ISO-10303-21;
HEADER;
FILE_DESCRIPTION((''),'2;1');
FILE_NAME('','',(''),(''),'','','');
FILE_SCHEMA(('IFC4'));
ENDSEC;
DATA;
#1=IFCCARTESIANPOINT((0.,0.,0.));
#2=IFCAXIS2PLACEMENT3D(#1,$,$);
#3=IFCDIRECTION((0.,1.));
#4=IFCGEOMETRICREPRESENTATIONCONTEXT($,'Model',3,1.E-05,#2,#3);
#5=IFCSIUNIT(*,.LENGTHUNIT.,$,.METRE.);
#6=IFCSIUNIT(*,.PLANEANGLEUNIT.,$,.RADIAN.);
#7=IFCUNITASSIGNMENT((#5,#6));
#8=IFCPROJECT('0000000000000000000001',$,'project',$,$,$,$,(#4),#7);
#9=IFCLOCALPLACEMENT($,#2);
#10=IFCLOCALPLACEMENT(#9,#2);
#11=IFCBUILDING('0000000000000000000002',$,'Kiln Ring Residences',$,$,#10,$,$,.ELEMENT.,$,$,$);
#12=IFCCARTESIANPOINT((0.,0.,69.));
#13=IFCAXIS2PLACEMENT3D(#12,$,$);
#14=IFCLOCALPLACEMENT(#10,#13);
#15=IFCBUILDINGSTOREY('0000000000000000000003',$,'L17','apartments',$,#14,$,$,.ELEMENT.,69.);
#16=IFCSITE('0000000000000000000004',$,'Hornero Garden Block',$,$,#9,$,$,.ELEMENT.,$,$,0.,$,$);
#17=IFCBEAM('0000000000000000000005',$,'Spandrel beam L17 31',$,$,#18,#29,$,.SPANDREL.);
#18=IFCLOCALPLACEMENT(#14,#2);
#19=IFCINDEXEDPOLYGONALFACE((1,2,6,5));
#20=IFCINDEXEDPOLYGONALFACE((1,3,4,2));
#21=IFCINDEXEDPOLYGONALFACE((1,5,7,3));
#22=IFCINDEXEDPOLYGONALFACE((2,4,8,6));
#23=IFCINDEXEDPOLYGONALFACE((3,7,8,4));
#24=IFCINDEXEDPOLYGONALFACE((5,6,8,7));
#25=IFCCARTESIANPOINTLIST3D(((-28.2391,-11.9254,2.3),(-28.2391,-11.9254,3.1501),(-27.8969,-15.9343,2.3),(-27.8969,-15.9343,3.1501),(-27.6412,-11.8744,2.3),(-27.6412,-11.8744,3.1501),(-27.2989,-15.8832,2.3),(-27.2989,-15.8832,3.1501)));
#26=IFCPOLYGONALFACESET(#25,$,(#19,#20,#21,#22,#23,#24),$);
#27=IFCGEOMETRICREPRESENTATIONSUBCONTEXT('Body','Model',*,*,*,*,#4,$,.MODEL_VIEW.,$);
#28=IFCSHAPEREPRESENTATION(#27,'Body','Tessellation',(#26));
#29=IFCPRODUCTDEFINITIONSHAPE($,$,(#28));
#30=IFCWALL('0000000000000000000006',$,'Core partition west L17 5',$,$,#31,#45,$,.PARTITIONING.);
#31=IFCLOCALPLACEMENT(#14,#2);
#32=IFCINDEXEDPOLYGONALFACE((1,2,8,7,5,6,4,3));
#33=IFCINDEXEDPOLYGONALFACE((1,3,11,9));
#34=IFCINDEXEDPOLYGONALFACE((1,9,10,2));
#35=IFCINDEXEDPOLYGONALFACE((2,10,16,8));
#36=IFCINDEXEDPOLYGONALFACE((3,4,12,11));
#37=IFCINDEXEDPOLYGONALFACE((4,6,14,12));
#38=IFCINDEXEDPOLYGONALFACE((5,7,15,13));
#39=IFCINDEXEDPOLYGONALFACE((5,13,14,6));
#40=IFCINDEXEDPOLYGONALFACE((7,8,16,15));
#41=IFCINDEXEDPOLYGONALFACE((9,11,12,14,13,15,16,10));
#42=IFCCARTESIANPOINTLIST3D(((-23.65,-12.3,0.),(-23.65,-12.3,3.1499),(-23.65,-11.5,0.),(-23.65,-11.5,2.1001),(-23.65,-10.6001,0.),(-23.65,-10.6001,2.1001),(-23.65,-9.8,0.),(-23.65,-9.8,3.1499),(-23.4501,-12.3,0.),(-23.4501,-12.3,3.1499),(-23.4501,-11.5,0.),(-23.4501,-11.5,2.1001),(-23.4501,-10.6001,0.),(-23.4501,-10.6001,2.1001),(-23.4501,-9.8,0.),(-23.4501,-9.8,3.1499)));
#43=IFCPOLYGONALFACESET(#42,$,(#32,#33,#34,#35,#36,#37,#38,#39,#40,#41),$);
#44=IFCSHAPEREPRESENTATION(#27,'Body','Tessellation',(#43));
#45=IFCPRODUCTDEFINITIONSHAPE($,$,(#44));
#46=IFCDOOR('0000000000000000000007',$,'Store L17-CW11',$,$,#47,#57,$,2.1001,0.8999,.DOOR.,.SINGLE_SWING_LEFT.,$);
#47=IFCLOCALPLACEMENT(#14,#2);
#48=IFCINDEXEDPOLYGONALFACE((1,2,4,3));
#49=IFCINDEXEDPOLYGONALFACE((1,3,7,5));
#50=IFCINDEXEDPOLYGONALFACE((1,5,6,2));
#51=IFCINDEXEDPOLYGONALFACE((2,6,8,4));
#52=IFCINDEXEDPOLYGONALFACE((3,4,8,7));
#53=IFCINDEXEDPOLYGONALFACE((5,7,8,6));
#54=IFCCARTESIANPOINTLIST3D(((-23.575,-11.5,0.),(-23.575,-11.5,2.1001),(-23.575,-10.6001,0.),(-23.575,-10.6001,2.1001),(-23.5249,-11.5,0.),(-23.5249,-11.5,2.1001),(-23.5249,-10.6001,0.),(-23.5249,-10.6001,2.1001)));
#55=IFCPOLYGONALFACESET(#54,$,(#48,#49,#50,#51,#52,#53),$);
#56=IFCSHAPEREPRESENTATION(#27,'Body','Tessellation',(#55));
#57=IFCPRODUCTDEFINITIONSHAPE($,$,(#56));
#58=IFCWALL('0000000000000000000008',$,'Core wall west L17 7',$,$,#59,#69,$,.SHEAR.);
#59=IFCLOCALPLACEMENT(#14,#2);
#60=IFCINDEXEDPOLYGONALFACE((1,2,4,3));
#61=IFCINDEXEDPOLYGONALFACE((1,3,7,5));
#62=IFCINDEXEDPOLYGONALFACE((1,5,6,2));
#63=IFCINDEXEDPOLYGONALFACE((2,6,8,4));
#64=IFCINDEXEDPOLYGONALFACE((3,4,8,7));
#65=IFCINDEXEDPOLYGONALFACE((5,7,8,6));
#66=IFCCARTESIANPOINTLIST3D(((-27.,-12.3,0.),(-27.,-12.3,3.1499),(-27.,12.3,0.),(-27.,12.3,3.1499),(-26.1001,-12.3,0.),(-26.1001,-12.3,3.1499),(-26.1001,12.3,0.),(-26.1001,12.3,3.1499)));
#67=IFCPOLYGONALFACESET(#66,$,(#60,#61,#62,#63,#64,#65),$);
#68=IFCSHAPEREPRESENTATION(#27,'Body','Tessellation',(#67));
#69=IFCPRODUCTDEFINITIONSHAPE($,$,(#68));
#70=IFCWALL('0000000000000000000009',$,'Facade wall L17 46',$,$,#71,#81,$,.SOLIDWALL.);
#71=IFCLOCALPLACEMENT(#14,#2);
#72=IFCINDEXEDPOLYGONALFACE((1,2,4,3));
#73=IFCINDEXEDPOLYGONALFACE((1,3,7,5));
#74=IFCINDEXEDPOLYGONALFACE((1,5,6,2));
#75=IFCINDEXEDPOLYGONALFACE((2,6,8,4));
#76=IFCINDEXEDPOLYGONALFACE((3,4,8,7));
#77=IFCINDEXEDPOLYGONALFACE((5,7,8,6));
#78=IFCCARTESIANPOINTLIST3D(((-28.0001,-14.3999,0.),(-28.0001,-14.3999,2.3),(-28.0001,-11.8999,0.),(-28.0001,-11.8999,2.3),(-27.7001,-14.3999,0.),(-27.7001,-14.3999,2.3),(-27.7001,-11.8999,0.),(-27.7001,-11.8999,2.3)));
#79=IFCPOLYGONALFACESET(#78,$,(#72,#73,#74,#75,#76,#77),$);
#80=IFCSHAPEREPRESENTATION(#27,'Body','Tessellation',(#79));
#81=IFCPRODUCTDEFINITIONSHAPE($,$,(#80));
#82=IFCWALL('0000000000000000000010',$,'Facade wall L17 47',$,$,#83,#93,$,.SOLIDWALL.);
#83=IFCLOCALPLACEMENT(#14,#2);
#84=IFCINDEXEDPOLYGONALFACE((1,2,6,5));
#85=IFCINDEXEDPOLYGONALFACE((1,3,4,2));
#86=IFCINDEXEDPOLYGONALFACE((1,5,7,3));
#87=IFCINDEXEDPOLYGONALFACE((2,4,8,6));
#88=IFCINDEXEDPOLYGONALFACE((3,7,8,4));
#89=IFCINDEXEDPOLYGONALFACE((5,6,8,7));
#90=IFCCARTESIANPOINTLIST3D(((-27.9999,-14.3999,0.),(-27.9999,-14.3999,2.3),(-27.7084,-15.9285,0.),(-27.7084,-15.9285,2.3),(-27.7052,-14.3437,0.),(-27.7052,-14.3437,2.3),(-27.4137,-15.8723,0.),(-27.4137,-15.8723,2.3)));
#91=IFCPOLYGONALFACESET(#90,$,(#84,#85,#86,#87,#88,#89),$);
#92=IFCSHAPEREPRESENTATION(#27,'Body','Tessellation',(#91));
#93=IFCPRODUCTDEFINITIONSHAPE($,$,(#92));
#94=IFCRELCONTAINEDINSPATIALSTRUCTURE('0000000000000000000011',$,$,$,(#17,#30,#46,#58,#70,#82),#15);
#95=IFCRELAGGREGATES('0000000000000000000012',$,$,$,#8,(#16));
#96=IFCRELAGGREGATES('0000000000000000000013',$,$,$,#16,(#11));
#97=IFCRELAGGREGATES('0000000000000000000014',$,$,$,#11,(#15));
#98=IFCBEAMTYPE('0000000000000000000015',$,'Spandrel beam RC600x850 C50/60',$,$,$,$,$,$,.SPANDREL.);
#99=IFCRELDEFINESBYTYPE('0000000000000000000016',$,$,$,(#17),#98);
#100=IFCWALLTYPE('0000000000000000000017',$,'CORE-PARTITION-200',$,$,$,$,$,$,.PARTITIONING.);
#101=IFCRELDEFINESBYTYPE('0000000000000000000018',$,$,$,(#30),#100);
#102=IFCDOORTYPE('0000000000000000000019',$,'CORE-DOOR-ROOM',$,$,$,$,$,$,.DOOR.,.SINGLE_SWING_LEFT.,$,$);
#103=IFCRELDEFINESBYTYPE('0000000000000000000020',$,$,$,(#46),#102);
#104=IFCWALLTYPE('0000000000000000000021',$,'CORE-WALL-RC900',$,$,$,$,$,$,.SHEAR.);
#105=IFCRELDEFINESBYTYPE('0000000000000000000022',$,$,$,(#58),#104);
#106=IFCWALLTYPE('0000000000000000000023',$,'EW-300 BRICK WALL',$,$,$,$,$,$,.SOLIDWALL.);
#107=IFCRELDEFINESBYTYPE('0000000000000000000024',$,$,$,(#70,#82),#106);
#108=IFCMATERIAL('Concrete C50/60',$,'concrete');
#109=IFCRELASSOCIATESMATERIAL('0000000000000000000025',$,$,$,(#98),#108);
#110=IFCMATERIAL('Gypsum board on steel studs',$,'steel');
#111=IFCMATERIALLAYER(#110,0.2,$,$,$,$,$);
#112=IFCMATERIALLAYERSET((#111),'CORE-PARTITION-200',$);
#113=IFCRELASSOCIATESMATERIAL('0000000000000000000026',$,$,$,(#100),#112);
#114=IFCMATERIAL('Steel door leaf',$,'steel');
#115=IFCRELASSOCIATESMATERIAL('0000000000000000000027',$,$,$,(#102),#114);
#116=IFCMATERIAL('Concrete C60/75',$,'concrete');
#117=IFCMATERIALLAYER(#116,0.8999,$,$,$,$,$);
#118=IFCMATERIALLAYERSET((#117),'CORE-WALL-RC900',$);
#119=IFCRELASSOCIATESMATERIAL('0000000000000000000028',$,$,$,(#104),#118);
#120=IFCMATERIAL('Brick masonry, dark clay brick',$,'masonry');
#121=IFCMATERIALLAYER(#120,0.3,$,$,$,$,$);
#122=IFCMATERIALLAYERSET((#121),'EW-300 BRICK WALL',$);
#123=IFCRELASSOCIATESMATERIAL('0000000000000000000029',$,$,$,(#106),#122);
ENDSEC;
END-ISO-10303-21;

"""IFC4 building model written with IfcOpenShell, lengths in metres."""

from ifc_helpers import new_model, si_unit, direction, frame, frame_2d, origin, origin_2d, place, context, subcontext, project, spatial, rectangle, extrude, material, layer, layer_set, material_profile, profile_set, type_object, element, fill, save


model = new_model("IFC4")

# Units and contexts
model_context = context("Model", 3, precision=1e-05, world=origin(), true_north=direction((0.0, 1.0)))
body_context = subcontext(model_context, "Body", "Model", "MODEL_VIEW")
ifc_project = project(units=[si_unit("LENGTHUNIT", "METRE"), si_unit("PLANEANGLEUNIT", "RADIAN")], contexts=[model_context])

# Site, building, storey
site_placement = place(None, origin())
site = spatial("IfcSite", under=ifc_project, at=site_placement, Name="Hornero Garden Block", CompositionType="ELEMENT", RefElevation=0.0)
building_placement = place(site_placement, origin())
building = spatial("IfcBuilding", under=site, at=building_placement, Name="Kiln Ring Residences", CompositionType="ELEMENT")
storey_placement = place(building_placement, frame((0.0, 0.0, 69.0)))
storey = spatial("IfcBuildingStorey", under=building, at=storey_placement, Name="L17", Description="apartments", CompositionType="ELEMENT", Elevation=69.0)

# Beam
ifc_material_1 = material(Name="Concrete C50/60", Category="concrete")
ifc_material_profile = material_profile(ifc_material_1, rectangle(XDim=0.6001, YDim=0.8501, at=origin_2d()), Name="RC600x850")
ifc_profile_set = profile_set([ifc_material_profile], Name="Concrete C50/60")
beam_type = type_object("IfcBeamType", Name="Spandrel beam RC600x850 C50/60", PredefinedType="SPANDREL", material=ifc_profile_set)
beam_placement = place(storey_placement, frame((-27.9402, -11.8999, 2.7251), z_axis=(0.085074, -0.996375, 0.0), x_axis=(0.996375, 0.085074, 0.0)))
element("IfcBeam", 1, at=beam_placement, inside=storey, type_object=beam_type, Name="Spandrel beam L17 31", PredefinedType="SPANDREL", context=body_context, shape_type="SweptSolid", body=[
    extrude(rectangle(XDim=0.6001, YDim=0.8501, at=origin_2d()), origin(), (0.0, 0.0, 1.0), 4.0234),
])

# Wall, opening, door
ifc_material_2 = material(Name="Gypsum board on steel studs", Category="steel")
ifc_layer_1 = layer(ifc_material_2, 0.2)
ifc_layer_set_1 = layer_set([ifc_layer_1], Name="CORE-PARTITION-200")
wall_type_1 = type_object("IfcWallType", Name="CORE-PARTITION-200", PredefinedType="PARTITIONING", material=ifc_layer_set_1)
wall_1_placement = place(storey_placement, frame((-23.55, -12.3, 0.0), z_axis=(0.0, 0.0, 1.0), x_axis=(0.0, 1.0, 0.0)))
wall_1 = element("IfcWall", 2, at=wall_1_placement, inside=storey, type_object=wall_type_1, Name="Core partition west L17 5", PredefinedType="PARTITIONING", context=body_context, shape_type="SweptSolid", body=[
    extrude(rectangle(XDim=2.5, YDim=0.2, at=frame_2d((1.25, 0.0))), origin(), (0.0, 0.0, 1.0), 3.1499),
])
opening_1_placement = place(wall_1_placement, frame((0.8, 0.0, 0.0)))
opening_1 = element("IfcOpeningElement", 3, at=opening_1_placement, cuts=wall_1, PredefinedType="OPENING", context=body_context, shape_type="SweptSolid", body=[
    extrude(rectangle(XDim=0.8999, YDim=2.1001, at=frame_2d((0.45, 1.05))), frame((0.0, 0.1099, 0.0), z_axis=(0.0, -1.0, 0.0), x_axis=(1.0, 0.0, 0.0)), (0.0, 0.0, 1.0), 0.22),
])
ifc_material_3 = material(Name="Steel door leaf", Category="steel")
door_type_1 = type_object("IfcDoorType", Name="CORE-DOOR-ROOM", OperationType="SINGLE_SWING_LEFT", PredefinedType="DOOR", material=ifc_material_3)
door_1_placement = place(opening_1_placement, origin())
door_1 = element("IfcDoor", 4, at=door_1_placement, inside=storey, type_object=door_type_1, Name="Store L17-CW11", OperationType="SINGLE_SWING_LEFT", OverallHeight=2.1001, OverallWidth=0.8999, PredefinedType="DOOR", context=body_context, shape_type="SweptSolid", body=[
    extrude(rectangle(XDim=0.8999, YDim=2.1001, at=frame_2d((0.45, 1.05))), frame((0.0, 0.0249, 0.0), z_axis=(0.0, -1.0, 0.0), x_axis=(1.0, 0.0, 0.0)), (0.0, 0.0, 1.0), 0.05),
])
fill(opening_1, door_1)

# Walls
ifc_material_4 = material(Name="Concrete C60/75", Category="concrete")
ifc_layer_2 = layer(ifc_material_4, 0.8999)
ifc_layer_set_2 = layer_set([ifc_layer_2], Name="CORE-WALL-RC900")
wall_type_2 = type_object("IfcWallType", Name="CORE-WALL-RC900", PredefinedType="SHEAR", material=ifc_layer_set_2)
wall_2_placement = place(storey_placement, frame((-26.55, -12.3, 0.0), z_axis=(0.0, 0.0, 1.0), x_axis=(0.0, 1.0, 0.0)))
element("IfcWall", 5, at=wall_2_placement, inside=storey, type_object=wall_type_2, Name="Core wall west L17 7", PredefinedType="SHEAR", context=body_context, shape_type="SweptSolid", body=[
    extrude(rectangle(XDim=24.6001, YDim=0.8999, at=frame_2d((12.3, 0.0))), origin(), (0.0, 0.0, 1.0), 3.1499),
])
ifc_material_5 = material(Name="Brick masonry, dark clay brick", Category="masonry")
ifc_layer_3 = layer(ifc_material_5, 0.3)
ifc_layer_set_3 = layer_set([ifc_layer_3], Name="EW-300 BRICK WALL")
wall_type_3 = type_object("IfcWallType", Name="EW-300 BRICK WALL", PredefinedType="SOLIDWALL", material=ifc_layer_set_3)
wall_3_placement = place(storey_placement, frame((-27.8501, -11.8999, 0.0), z_axis=(0.0, 0.0, 1.0), x_axis=(0.0, -1.0, 0.0)))
element("IfcWall", 6, at=wall_3_placement, inside=storey, type_object=wall_type_3, Name="Facade wall L17 46", PredefinedType="SOLIDWALL", context=body_context, shape_type="SweptSolid", body=[
    extrude(rectangle(XDim=2.5, YDim=0.3, at=frame_2d((1.25, 0.0))), origin(), (0.0, 0.0, 1.0), 2.3),
])
wall_4_placement = place(storey_placement, frame((-27.8525, -14.3718, 0.0), z_axis=(0.0, 0.0, 1.0), x_axis=(0.187328, -0.982297, 0.0)))
element("IfcWall", 7, at=wall_4_placement, inside=storey, type_object=wall_type_3, Name="Facade wall L17 47", PredefinedType="SOLIDWALL", context=body_context, shape_type="SweptSolid", body=[
    extrude(rectangle(XDim=1.5562, YDim=0.3, at=frame_2d((0.7781, 0.0))), origin(), (0.0, 0.0, 1.0), 2.3),
])

save(model, "model.ifc")
